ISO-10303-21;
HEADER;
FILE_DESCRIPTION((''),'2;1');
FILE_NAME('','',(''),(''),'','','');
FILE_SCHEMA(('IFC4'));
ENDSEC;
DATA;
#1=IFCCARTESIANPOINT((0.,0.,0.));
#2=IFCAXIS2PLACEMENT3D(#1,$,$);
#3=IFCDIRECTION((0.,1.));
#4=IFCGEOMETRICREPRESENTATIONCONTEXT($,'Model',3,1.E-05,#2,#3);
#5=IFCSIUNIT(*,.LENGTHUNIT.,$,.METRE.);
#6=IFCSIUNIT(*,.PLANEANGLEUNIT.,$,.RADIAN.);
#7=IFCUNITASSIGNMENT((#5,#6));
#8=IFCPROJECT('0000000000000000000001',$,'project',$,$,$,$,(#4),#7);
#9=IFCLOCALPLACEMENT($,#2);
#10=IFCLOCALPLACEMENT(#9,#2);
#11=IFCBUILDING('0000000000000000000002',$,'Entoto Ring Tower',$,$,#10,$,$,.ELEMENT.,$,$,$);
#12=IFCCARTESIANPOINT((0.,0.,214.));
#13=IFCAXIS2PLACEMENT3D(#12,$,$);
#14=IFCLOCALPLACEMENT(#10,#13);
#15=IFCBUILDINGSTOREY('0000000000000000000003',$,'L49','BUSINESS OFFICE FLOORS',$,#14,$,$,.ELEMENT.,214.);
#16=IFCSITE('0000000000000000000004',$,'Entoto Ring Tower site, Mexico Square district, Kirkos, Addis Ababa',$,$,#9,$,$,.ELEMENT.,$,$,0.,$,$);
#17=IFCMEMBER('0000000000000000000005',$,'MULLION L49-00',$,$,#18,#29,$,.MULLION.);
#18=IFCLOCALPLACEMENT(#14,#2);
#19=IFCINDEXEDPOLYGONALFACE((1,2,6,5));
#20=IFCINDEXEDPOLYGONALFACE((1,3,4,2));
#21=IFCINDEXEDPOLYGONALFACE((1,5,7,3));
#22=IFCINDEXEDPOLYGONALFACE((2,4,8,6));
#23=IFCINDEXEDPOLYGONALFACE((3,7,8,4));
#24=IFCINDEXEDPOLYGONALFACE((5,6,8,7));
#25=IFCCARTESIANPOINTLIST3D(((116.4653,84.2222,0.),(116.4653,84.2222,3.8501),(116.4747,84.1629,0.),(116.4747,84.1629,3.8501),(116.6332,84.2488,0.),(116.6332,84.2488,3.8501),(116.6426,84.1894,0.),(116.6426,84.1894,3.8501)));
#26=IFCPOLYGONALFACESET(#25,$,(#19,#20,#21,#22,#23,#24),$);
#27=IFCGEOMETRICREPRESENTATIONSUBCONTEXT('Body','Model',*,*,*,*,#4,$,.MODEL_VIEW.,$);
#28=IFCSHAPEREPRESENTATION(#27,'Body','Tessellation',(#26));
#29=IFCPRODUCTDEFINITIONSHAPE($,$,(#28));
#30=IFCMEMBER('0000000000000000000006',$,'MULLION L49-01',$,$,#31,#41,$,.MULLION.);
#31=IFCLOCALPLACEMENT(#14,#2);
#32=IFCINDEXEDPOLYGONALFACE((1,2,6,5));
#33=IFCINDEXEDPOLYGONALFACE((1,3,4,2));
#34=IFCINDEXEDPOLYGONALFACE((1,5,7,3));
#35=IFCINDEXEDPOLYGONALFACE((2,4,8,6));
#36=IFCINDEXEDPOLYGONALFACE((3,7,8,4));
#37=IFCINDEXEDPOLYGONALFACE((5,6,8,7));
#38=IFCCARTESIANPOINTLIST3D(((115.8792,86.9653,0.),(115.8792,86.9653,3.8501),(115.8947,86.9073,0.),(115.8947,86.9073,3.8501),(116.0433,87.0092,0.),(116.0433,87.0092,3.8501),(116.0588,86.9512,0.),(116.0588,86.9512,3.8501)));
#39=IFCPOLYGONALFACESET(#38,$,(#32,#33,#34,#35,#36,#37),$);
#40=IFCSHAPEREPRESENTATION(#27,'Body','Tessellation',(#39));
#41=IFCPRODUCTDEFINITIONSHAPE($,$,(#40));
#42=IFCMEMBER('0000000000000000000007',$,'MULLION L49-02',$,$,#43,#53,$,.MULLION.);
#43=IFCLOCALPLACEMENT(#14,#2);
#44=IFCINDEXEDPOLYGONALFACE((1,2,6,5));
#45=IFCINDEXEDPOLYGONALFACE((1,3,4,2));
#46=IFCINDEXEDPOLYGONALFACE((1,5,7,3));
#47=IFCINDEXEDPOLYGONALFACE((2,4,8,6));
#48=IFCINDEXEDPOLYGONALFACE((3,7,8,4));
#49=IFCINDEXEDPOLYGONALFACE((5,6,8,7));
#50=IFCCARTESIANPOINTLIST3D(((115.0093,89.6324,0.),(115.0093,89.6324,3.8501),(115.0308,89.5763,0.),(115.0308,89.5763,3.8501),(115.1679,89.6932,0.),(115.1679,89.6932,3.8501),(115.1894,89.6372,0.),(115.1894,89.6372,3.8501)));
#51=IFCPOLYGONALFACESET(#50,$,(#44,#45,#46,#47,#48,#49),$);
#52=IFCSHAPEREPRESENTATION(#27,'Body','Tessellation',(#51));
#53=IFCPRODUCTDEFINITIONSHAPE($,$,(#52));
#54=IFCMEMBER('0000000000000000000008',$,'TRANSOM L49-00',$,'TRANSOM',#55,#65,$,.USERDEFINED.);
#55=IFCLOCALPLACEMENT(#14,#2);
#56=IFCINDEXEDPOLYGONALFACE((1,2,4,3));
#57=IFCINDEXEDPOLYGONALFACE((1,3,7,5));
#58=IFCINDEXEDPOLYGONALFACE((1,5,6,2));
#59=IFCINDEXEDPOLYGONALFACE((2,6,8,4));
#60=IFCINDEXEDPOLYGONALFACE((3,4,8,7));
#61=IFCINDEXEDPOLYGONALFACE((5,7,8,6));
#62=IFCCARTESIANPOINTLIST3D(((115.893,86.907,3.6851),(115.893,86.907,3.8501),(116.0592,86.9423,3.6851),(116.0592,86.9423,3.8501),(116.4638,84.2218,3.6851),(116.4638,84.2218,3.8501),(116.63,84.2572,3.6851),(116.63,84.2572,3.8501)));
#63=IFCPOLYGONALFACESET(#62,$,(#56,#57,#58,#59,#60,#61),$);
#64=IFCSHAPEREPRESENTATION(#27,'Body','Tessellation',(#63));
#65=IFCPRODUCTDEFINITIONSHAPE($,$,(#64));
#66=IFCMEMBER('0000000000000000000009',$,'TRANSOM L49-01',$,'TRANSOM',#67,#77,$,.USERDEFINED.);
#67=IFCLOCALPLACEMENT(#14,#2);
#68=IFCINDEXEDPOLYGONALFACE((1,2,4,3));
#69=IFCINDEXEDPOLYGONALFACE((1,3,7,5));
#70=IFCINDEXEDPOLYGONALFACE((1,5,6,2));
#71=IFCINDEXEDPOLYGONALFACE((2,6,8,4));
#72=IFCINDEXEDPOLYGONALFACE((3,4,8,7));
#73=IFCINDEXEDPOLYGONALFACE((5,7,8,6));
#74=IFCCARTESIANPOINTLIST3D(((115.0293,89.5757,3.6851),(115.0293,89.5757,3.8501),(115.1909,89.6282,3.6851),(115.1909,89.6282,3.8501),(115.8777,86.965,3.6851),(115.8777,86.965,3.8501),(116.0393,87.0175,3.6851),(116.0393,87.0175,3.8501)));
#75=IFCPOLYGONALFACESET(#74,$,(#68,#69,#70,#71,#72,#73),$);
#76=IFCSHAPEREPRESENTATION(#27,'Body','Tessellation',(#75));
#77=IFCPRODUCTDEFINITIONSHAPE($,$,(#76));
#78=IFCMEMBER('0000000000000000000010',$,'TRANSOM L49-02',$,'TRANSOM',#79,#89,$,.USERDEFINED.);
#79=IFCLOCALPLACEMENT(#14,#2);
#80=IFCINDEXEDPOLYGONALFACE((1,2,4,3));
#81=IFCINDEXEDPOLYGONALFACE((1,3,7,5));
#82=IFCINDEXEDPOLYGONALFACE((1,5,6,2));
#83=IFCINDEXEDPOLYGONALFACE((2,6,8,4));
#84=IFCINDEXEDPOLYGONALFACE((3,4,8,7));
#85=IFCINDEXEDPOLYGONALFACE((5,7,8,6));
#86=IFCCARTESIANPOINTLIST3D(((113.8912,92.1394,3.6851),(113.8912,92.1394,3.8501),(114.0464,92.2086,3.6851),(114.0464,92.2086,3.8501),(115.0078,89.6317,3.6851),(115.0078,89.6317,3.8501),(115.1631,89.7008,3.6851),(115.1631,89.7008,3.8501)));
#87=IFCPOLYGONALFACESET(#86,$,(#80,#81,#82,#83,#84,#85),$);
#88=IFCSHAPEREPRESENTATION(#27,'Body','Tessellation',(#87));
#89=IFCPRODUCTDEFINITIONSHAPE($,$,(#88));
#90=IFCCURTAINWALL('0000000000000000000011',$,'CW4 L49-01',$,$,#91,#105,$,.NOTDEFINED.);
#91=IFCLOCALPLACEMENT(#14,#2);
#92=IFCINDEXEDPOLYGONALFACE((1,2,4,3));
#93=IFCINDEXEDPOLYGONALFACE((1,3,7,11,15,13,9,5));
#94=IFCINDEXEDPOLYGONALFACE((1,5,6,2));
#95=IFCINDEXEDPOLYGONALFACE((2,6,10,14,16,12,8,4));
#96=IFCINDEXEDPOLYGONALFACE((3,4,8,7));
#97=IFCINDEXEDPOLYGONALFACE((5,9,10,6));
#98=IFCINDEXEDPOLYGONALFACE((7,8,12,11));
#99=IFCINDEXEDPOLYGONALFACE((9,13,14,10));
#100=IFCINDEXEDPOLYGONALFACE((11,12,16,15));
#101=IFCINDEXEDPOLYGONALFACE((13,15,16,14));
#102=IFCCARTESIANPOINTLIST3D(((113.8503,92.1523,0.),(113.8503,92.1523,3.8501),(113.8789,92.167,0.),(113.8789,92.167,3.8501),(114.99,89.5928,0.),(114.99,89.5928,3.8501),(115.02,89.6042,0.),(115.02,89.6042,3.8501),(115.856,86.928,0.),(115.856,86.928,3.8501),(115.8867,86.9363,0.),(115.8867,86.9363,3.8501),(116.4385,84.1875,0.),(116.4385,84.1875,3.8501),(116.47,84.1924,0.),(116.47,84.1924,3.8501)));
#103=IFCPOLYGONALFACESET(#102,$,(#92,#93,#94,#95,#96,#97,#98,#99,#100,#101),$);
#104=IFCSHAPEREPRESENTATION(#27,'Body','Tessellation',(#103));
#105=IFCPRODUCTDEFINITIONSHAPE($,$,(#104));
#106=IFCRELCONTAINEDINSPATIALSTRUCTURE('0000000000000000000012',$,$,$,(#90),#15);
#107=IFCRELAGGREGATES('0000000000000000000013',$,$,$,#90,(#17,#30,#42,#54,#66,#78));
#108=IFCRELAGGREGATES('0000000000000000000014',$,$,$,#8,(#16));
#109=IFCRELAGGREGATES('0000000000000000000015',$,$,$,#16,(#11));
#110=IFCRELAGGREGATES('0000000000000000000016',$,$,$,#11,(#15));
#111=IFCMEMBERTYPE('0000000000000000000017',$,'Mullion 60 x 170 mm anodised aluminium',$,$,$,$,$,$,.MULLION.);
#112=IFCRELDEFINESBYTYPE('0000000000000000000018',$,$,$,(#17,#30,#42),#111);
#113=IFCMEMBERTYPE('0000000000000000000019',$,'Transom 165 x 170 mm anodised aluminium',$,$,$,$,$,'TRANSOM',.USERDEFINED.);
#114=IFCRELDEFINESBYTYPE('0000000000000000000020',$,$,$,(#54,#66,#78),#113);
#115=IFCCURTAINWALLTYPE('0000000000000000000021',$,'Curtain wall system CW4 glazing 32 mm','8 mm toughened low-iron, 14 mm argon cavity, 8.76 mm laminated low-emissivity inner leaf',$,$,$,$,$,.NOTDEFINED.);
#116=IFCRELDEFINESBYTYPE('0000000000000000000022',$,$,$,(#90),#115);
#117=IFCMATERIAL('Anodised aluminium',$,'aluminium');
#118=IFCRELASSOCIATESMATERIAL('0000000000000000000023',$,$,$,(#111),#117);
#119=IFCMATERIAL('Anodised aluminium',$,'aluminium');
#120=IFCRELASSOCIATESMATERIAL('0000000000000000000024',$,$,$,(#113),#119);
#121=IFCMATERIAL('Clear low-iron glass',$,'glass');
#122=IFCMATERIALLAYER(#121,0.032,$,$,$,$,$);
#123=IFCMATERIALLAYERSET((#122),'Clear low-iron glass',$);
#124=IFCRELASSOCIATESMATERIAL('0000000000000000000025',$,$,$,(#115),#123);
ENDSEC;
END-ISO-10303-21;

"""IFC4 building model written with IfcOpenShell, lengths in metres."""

from ifc_helpers import new_model, si_unit, direction, frame, origin, origin_2d, place, context, subcontext, project, spatial, polyline, rectangle, outline, extrude, material, layer, layer_set, material_profile, profile_set, type_object, element, aggregate, save


model = new_model("IFC4")

# Units and contexts
model_context = context("Model", 3, precision=1e-05, world=origin(), true_north=direction((0.0, 1.0)))
body_context = subcontext(model_context, "Body", "Model", "MODEL_VIEW")
ifc_project = project(units=[si_unit("LENGTHUNIT", "METRE"), si_unit("PLANEANGLEUNIT", "RADIAN")], contexts=[model_context])

# Members
ifc_material_1 = material(Name="Anodised aluminium", Category="aluminium")
ifc_material_profile_1 = material_profile(ifc_material_1, rectangle(XDim=0.0601, YDim=0.1699, at=origin_2d()), Name="Mullion 60 x 170 mm anodised aluminium")
ifc_profile_set_1 = profile_set([ifc_material_profile_1], Name="Anodised aluminium")
member_type_1 = type_object("IfcMemberType", Name="Mullion 60 x 170 mm anodised aluminium", PredefinedType="MULLION", material=ifc_profile_set_1)
site_placement = place(None, origin())
building_placement = place(site_placement, origin())
storey_placement = place(building_placement, frame((0.0, 0.0, 214.0)))
member_1_placement = place(storey_placement, frame((116.554, 84.2058, 0.0), z_axis=(0.0, 0.0, 1.0), x_axis=(-0.156434, 0.987688, 0.0)))
member_1 = element("IfcMember", 1, at=member_1_placement, type_object=member_type_1, Name="MULLION L49-00", PredefinedType="MULLION", context=body_context, shape_type="SweptSolid", body=[
    extrude(rectangle(XDim=0.0601, YDim=0.1699, at=origin_2d()), origin(), (0.0, 0.0, 1.0), 3.8501),
])
member_2_placement = place(storey_placement, frame((115.969, 86.9583, 0.0), z_axis=(0.0, 0.0, 1.0), x_axis=(-0.258819, 0.965926, 0.0)))
member_2 = element("IfcMember", 2, at=member_2_placement, type_object=member_type_1, Name="MULLION L49-01", PredefinedType="MULLION", context=body_context, shape_type="SweptSolid", body=[
    extrude(rectangle(XDim=0.0601, YDim=0.1699, at=origin_2d()), origin(), (0.0, 0.0, 1.0), 3.8501),
])
member_3_placement = place(storey_placement, frame((115.0994, 89.6348, 0.0), z_axis=(0.0, 0.0, 1.0), x_axis=(-0.358368, 0.93358, 0.0)))
member_3 = element("IfcMember", 3, at=member_3_placement, type_object=member_type_1, Name="MULLION L49-02", PredefinedType="MULLION", context=body_context, shape_type="SweptSolid", body=[
    extrude(rectangle(XDim=0.0601, YDim=0.1699, at=origin_2d()), origin(), (0.0, 0.0, 1.0), 3.8501),
])
ifc_material_2 = material(Name="Anodised aluminium", Category="aluminium")
ifc_material_profile_2 = material_profile(ifc_material_2, rectangle(XDim=0.1699, YDim=0.165, at=origin_2d()), Name="Transom 165 x 170 mm anodised aluminium")
ifc_profile_set_2 = profile_set([ifc_material_profile_2], Name="Anodised aluminium")
member_type_2 = type_object("IfcMemberType", Name="Transom 165 x 170 mm anodised aluminium", ElementType="TRANSOM", PredefinedType="USERDEFINED", material=ifc_profile_set_2)
member_4_placement = place(storey_placement, frame((116.5469, 84.2395, 3.7676), z_axis=(-0.207937, 0.978142, 0.0), x_axis=(-0.978142, -0.207937, 0.0)))
member_4 = element("IfcMember", 4, at=member_4_placement, type_object=member_type_2, Name="TRANSOM L49-00", ObjectType="TRANSOM", PredefinedType="USERDEFINED", context=body_context, shape_type="SweptSolid", body=[
    extrude(rectangle(XDim=0.1699, YDim=0.165, at=origin_2d()), origin(), (0.0, 0.0, 1.0), 2.7451),
])
member_5_placement = place(storey_placement, frame((115.9585, 86.9912, 3.7676), z_axis=(-0.309042, 0.951048, 0.0), x_axis=(-0.951048, -0.309042, 0.0)))
member_5 = element("IfcMember", 5, at=member_5_placement, type_object=member_type_2, Name="TRANSOM L49-01", ObjectType="TRANSOM", PredefinedType="USERDEFINED", context=body_context, shape_type="SweptSolid", body=[
    extrude(rectangle(XDim=0.1699, YDim=0.165, at=origin_2d()), origin(), (0.0, 0.0, 1.0), 2.7451),
])
member_6_placement = place(storey_placement, frame((115.0854, 89.6663, 3.7676), z_axis=(-0.406782, 0.913525, 0.0), x_axis=(-0.913525, -0.406782, 0.0)))
member_6 = element("IfcMember", 6, at=member_6_placement, type_object=member_type_2, Name="TRANSOM L49-02", ObjectType="TRANSOM", PredefinedType="USERDEFINED", context=body_context, shape_type="SweptSolid", body=[
    extrude(rectangle(XDim=0.1699, YDim=0.165, at=origin_2d()), origin(), (0.0, 0.0, 1.0), 2.7451),
])

# Site, building, storey
site = spatial("IfcSite", under=ifc_project, at=site_placement, Name="Entoto Ring Tower site, Mexico Square district, Kirkos, Addis Ababa", CompositionType="ELEMENT", RefElevation=0.0)
building = spatial("IfcBuilding", under=site, at=building_placement, Name="Entoto Ring Tower", CompositionType="ELEMENT")
storey = spatial("IfcBuildingStorey", under=building, at=storey_placement, Name="L49", Description="BUSINESS OFFICE FLOORS", CompositionType="ELEMENT", Elevation=214.0)

# Curtain wall
ifc_material_3 = material(Name="Clear low-iron glass", Category="glass")
ifc_layer_1 = layer(ifc_material_3, 0.032)
ifc_layer_set_1 = layer_set([ifc_layer_1], Name="Clear low-iron glass")
curtain_wall_type = type_object("IfcCurtainWallType", Name="Curtain wall system CW4 glazing 32 mm", Description="8 mm toughened low-iron, 14 mm argon cavity, 8.76 mm laminated low-emissivity inner leaf", PredefinedType="NOTDEFINED", material=ifc_layer_set_1)
curtain_wall_1_placement = place(storey_placement, origin())
curtain_wall_1 = element("IfcCurtainWall", 7, at=curtain_wall_1_placement, inside=storey, type_object=curtain_wall_type, Name="CW4 L49-01", PredefinedType="NOTDEFINED", context=body_context, shape_type="SweptSolid", body=[
    extrude(outline(polyline([(116.47, 84.1924), (115.8867, 86.9363), (115.02, 89.6042), (113.8789, 92.167), (113.8503, 92.1523), (114.99, 89.5928), (115.856, 86.928), (116.4385, 84.1875), (116.47, 84.1924)])), origin(), (0.0, 0.0, 1.0), 3.8501),
])
aggregate(curtain_wall_1, [member_1, member_2, member_3, member_4, member_5, member_6])

save(model, "model.ifc")
